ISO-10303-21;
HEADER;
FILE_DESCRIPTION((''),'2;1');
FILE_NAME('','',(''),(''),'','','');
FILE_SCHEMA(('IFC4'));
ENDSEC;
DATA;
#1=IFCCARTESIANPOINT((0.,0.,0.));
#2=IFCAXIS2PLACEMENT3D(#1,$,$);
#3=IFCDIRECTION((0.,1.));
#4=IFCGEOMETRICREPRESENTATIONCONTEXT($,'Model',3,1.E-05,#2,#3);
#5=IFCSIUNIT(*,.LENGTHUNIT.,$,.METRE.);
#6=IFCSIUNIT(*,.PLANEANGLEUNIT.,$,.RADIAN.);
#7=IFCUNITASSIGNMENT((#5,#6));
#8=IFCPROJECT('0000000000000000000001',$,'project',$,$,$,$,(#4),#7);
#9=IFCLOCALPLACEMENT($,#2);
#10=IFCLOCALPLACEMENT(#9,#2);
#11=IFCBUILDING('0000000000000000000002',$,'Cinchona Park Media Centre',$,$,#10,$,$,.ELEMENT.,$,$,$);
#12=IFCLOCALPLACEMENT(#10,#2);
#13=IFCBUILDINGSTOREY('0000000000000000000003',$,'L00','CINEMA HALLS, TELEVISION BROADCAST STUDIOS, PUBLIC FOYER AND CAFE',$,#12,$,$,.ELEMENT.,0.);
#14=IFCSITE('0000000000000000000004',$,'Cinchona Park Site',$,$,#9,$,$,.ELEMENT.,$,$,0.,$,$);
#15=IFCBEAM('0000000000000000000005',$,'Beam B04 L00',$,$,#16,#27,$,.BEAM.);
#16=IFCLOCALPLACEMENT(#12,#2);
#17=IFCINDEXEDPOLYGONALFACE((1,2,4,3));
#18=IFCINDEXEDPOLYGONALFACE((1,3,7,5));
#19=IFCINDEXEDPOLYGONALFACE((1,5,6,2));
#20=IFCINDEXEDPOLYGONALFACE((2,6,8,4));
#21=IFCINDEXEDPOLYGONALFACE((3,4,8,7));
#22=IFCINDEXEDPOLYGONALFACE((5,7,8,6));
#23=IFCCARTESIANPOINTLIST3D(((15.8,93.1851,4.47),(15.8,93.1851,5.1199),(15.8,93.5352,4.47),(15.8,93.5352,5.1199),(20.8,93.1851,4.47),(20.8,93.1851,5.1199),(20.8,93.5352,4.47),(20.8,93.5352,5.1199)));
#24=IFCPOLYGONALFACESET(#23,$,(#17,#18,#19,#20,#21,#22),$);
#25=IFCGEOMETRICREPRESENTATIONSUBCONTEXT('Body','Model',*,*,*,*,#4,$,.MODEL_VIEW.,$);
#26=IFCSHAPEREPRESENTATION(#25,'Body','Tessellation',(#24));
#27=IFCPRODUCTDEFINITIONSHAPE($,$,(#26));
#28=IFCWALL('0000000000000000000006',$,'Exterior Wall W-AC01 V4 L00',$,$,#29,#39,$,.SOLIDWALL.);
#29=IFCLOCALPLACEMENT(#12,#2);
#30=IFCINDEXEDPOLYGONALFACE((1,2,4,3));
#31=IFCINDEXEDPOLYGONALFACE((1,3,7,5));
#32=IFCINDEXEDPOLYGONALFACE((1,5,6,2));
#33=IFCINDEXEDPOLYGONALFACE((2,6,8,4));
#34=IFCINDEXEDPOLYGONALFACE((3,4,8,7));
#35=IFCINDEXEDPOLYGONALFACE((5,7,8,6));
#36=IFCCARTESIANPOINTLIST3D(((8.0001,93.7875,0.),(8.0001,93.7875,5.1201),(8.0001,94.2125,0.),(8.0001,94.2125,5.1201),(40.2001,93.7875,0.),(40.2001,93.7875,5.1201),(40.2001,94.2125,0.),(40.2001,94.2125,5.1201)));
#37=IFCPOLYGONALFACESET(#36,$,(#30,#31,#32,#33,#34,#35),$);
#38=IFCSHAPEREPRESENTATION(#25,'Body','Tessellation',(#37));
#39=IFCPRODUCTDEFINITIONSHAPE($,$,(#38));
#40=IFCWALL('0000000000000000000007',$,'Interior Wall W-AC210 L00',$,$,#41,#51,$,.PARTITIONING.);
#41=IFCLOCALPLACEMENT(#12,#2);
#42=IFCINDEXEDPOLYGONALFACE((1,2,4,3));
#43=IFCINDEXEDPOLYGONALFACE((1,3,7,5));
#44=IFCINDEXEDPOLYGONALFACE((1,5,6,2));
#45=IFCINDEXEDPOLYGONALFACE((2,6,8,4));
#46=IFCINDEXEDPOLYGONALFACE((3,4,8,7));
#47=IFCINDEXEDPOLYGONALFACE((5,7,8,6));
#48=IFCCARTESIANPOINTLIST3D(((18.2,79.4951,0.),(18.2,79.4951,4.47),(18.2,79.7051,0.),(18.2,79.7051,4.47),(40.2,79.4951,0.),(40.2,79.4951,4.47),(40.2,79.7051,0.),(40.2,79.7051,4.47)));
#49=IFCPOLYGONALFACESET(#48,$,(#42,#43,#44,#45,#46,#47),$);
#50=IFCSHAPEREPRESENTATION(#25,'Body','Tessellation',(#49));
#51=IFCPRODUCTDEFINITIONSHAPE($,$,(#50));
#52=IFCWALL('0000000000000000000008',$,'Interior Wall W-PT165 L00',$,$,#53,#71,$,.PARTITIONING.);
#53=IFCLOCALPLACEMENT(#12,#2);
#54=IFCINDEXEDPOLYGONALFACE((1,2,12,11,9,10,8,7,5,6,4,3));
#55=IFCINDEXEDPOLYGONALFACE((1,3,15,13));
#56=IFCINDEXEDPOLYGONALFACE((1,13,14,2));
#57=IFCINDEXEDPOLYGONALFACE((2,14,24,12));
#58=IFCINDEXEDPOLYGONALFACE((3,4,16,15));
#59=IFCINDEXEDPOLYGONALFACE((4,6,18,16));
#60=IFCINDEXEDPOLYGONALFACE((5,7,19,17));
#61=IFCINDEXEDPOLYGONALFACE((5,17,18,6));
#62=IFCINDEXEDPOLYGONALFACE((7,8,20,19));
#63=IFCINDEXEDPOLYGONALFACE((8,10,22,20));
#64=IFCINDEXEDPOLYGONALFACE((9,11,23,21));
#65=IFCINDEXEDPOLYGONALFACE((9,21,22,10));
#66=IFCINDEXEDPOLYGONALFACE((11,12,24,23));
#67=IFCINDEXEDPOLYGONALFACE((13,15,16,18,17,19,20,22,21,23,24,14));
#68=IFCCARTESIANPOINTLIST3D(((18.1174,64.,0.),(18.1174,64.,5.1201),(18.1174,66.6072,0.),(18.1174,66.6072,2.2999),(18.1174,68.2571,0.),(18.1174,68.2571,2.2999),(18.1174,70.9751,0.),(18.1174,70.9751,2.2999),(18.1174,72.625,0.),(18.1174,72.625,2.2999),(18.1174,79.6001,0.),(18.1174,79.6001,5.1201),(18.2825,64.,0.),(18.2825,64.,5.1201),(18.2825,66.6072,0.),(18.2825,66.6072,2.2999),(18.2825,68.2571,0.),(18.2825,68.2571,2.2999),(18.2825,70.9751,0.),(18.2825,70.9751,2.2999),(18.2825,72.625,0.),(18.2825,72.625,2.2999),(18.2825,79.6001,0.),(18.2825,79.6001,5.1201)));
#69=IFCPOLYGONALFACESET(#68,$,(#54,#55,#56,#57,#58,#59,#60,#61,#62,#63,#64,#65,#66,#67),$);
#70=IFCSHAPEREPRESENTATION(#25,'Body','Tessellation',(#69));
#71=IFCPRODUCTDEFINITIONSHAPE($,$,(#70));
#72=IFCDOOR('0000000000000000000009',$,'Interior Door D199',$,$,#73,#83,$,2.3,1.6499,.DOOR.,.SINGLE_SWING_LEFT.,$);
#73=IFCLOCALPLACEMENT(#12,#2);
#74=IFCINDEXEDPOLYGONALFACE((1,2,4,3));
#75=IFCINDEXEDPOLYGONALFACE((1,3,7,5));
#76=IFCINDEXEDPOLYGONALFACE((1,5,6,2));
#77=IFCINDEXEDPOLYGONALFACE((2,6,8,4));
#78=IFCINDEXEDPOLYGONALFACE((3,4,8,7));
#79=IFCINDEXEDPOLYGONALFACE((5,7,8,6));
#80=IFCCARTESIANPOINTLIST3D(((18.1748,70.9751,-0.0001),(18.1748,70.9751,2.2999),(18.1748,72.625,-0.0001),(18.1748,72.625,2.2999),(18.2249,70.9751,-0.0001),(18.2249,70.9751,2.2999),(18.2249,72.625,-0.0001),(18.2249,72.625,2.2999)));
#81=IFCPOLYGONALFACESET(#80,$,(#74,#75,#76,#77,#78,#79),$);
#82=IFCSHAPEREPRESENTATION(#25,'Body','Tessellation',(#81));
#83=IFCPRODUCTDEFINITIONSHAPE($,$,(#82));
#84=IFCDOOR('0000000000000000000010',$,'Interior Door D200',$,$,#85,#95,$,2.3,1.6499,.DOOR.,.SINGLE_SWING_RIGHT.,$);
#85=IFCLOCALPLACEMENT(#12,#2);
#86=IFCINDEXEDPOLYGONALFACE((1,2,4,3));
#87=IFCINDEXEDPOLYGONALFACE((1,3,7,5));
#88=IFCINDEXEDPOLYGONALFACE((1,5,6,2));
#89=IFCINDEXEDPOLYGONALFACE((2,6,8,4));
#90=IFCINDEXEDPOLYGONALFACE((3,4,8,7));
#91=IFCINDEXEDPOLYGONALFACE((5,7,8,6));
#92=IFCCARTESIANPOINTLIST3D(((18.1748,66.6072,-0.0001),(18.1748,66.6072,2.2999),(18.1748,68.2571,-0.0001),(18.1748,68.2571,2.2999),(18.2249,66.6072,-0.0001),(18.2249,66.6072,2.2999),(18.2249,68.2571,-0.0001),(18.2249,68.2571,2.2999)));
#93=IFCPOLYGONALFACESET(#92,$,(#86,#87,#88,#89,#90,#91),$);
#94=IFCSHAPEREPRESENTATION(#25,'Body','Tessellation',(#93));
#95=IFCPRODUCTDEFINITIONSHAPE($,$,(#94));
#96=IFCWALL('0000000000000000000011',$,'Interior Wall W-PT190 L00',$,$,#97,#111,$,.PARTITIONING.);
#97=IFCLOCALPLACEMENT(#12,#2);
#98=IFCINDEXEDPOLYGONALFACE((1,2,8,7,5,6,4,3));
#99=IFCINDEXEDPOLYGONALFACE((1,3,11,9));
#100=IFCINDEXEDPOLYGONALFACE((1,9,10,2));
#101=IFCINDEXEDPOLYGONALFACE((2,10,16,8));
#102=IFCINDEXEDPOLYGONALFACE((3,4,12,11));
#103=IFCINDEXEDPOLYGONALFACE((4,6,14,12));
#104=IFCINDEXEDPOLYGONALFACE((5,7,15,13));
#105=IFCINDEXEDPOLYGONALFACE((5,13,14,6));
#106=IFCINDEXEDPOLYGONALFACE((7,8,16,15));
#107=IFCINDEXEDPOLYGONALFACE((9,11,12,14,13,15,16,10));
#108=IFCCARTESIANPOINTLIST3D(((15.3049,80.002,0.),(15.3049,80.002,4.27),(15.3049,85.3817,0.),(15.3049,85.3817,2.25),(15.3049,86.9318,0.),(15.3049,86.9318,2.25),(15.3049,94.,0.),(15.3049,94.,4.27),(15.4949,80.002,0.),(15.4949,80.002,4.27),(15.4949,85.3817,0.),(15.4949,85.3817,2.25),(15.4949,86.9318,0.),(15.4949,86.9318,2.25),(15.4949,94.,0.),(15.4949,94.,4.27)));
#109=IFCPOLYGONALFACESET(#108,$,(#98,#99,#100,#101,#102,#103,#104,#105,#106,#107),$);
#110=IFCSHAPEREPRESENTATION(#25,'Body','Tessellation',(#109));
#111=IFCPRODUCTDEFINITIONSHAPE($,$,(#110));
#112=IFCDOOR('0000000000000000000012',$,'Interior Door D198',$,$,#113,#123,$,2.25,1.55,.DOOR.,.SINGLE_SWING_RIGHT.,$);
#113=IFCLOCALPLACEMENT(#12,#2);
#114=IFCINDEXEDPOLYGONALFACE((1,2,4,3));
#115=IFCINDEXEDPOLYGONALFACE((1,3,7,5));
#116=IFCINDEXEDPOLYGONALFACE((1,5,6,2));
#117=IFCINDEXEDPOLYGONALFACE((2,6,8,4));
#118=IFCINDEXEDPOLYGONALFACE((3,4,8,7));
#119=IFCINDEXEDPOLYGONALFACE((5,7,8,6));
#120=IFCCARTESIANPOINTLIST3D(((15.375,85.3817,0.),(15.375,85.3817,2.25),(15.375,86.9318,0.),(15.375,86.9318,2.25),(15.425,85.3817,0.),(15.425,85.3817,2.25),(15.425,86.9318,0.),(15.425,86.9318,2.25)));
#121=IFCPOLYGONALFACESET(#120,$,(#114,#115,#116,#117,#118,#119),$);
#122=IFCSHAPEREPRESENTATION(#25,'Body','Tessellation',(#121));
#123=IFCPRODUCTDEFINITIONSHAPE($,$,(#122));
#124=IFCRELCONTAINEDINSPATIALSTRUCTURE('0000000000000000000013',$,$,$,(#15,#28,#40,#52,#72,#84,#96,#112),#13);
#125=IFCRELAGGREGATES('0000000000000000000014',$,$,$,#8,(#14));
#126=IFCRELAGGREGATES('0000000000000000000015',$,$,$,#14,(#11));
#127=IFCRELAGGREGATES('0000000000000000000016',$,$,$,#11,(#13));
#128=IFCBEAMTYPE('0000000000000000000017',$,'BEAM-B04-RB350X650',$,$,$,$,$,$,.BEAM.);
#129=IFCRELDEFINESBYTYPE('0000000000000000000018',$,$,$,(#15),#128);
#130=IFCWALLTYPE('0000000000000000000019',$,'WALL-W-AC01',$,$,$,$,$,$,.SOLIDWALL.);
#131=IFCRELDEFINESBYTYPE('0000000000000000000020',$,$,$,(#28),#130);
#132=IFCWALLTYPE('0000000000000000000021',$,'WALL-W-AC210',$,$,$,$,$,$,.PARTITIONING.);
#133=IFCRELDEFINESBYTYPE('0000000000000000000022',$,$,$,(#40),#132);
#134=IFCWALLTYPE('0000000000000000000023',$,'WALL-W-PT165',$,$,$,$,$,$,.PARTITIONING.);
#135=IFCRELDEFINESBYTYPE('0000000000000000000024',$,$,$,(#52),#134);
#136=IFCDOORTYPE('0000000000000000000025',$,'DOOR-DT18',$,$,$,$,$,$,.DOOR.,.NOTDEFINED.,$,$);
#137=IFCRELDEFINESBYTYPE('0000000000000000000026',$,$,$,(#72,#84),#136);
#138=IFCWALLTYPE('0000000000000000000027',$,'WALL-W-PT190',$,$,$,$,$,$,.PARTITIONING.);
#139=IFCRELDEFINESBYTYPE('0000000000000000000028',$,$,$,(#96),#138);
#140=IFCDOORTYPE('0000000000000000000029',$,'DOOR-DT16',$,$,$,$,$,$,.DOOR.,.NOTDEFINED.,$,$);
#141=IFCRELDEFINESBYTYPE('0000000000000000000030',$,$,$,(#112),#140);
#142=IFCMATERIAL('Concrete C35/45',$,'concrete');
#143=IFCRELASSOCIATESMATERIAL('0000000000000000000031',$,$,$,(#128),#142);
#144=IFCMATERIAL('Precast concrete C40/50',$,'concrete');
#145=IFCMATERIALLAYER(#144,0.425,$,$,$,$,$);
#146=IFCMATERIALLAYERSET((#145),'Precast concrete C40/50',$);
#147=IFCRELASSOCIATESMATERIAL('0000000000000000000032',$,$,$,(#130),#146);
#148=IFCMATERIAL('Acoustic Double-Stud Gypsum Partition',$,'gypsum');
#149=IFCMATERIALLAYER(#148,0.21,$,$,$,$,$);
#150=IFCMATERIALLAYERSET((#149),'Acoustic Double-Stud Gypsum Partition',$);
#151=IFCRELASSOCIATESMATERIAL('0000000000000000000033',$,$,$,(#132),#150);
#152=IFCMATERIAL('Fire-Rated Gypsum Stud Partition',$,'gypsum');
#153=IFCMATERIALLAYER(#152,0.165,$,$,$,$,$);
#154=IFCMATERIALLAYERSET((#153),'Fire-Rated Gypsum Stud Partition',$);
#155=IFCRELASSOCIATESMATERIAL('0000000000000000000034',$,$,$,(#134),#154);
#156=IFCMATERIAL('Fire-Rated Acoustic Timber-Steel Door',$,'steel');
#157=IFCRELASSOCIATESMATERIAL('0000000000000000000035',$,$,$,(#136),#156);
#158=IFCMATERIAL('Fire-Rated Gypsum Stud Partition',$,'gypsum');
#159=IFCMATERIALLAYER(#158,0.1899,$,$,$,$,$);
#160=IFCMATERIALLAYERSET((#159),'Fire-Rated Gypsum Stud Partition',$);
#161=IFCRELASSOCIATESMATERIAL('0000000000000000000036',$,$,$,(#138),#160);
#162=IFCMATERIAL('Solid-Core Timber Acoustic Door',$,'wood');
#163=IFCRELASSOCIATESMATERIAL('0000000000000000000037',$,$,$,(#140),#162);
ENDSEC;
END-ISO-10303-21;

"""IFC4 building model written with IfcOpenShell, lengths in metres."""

from ifc_helpers import new_model, si_unit, direction, frame, frame_2d, origin, origin_2d, place, context, subcontext, project, spatial, rectangle, extrude, material, layer, layer_set, material_profile, profile_set, type_object, element, fill, save


model = new_model("IFC4")

# Units and contexts
model_context = context("Model", 3, precision=1e-05, world=origin(), true_north=direction((0.0, 1.0)))
body_context = subcontext(model_context, "Body", "Model", "MODEL_VIEW")
ifc_project = project(units=[si_unit("LENGTHUNIT", "METRE"), si_unit("PLANEANGLEUNIT", "RADIAN")], contexts=[model_context])

# Site, building, storey
site_placement = place(None, origin())
site = spatial("IfcSite", under=ifc_project, at=site_placement, Name="Cinchona Park Site", CompositionType="ELEMENT", RefElevation=0.0)
building_placement = place(site_placement, origin())
building = spatial("IfcBuilding", under=site, at=building_placement, Name="Cinchona Park Media Centre", CompositionType="ELEMENT")
storey_placement = place(building_placement, origin())
storey = spatial("IfcBuildingStorey", under=building, at=storey_placement, Name="L00", Description="CINEMA HALLS, TELEVISION BROADCAST STUDIOS, PUBLIC FOYER AND CAFE", CompositionType="ELEMENT", Elevation=0.0)

# Beam
ifc_material_1 = material(Name="Concrete C35/45", Category="concrete")
ifc_material_profile_1 = material_profile(ifc_material_1, rectangle(XDim=0.3501, YDim=0.6499, at=origin_2d()), Name="RB 350X650")
ifc_profile_set_1 = profile_set([ifc_material_profile_1], Name="Concrete C35/45")
beam_type_1 = type_object("IfcBeamType", Name="BEAM-B04-RB350X650", PredefinedType="BEAM", material=ifc_profile_set_1)
beam_1_placement = place(storey_placement, frame((15.8, 93.3601, 4.7949), z_axis=(1.0, 0.0, 0.0), x_axis=(0.0, 1.0, 0.0)))
element("IfcBeam", 1, at=beam_1_placement, inside=storey, type_object=beam_type_1, Name="Beam B04 L00", PredefinedType="BEAM", context=body_context, shape_type="SweptSolid", body=[
    extrude(rectangle(XDim=0.3501, YDim=0.6499, at=origin_2d()), origin(), (0.0, 0.0, 1.0), 5.0),
])

# Walls
ifc_material_2 = material(Name="Precast concrete C40/50", Category="concrete")
ifc_layer_1 = layer(ifc_material_2, 0.425)
ifc_layer_set_1 = layer_set([ifc_layer_1], Name="Precast concrete C40/50")
wall_type_1 = type_object("IfcWallType", Name="WALL-W-AC01", PredefinedType="SOLIDWALL", material=ifc_layer_set_1)
wall_1_placement = place(storey_placement, frame((8.0, 94.0, 0.0), z_axis=(0.0, 0.0, 1.0), x_axis=(1.0, 0.0, 0.0)))
element("IfcWall", 2, at=wall_1_placement, inside=storey, type_object=wall_type_1, Name="Exterior Wall W-AC01 V4 L00", PredefinedType="SOLIDWALL", context=body_context, shape_type="SweptSolid", body=[
    extrude(rectangle(XDim=32.2, YDim=0.425, at=frame_2d((16.1001, 0.0))), origin(), (0.0, 0.0, 1.0), 5.1201),
])
ifc_material_3 = material(Name="Acoustic Double-Stud Gypsum Partition", Category="gypsum")
ifc_layer_2 = layer(ifc_material_3, 0.21)
ifc_layer_set_2 = layer_set([ifc_layer_2], Name="Acoustic Double-Stud Gypsum Partition")
wall_type_2 = type_object("IfcWallType", Name="WALL-W-AC210", PredefinedType="PARTITIONING", material=ifc_layer_set_2)
wall_2_placement = place(storey_placement, frame((18.2, 79.6001, 0.0), z_axis=(0.0, 0.0, 1.0), x_axis=(1.0, 0.0, 0.0)))
element("IfcWall", 3, at=wall_2_placement, inside=storey, type_object=wall_type_2, Name="Interior Wall W-AC210 L00", PredefinedType="PARTITIONING", context=body_context, shape_type="SweptSolid", body=[
    extrude(rectangle(XDim=22.0, YDim=0.21, at=frame_2d((11.0, 0.0))), origin(), (0.0, 0.0, 1.0), 4.47),
])

# Wall, openings, doors
ifc_material_4 = material(Name="Fire-Rated Gypsum Stud Partition", Category="gypsum")
ifc_layer_3 = layer(ifc_material_4, 0.165)
ifc_layer_set_3 = layer_set([ifc_layer_3], Name="Fire-Rated Gypsum Stud Partition")
wall_type_3 = type_object("IfcWallType", Name="WALL-W-PT165", PredefinedType="PARTITIONING", material=ifc_layer_set_3)
wall_3_placement = place(storey_placement, frame((18.2, 79.6001, 0.0), z_axis=(0.0, 0.0, 1.0), x_axis=(0.0, -1.0, 0.0)))
wall_3 = element("IfcWall", 4, at=wall_3_placement, inside=storey, type_object=wall_type_3, Name="Interior Wall W-PT165 L00", PredefinedType="PARTITIONING", context=body_context, shape_type="SweptSolid", body=[
    extrude(rectangle(XDim=15.6001, YDim=0.165, at=frame_2d((7.8, 0.0))), origin(), (0.0, 0.0, 1.0), 5.1201),
])
opening_1_placement = place(wall_3_placement, frame((6.9751, 0.0, 0.0)))
opening_1 = element("IfcOpeningElement", 5, at=opening_1_placement, cuts=wall_3, PredefinedType="OPENING", context=body_context, shape_type="SweptSolid", body=[
    extrude(rectangle(XDim=1.6499, YDim=2.3, at=frame_2d((0.825, 1.1499))), frame((0.0, 0.0925, 0.0), z_axis=(0.0, -1.0, 0.0), x_axis=(1.0, 0.0, 0.0)), (0.0, 0.0, 1.0), 0.1851),
])
opening_2_placement = place(wall_3_placement, frame((11.343, 0.0, 0.0)))
opening_2 = element("IfcOpeningElement", 6, at=opening_2_placement, cuts=wall_3, PredefinedType="OPENING", context=body_context, shape_type="SweptSolid", body=[
    extrude(rectangle(XDim=1.6499, YDim=2.3, at=frame_2d((0.825, 1.1499))), frame((0.0, 0.0925, 0.0), z_axis=(0.0, -1.0, 0.0), x_axis=(1.0, 0.0, 0.0)), (0.0, 0.0, 1.0), 0.1851),
])
ifc_material_5 = material(Name="Fire-Rated Acoustic Timber-Steel Door", Category="steel")
door_type_1 = type_object("IfcDoorType", Name="DOOR-DT18", OperationType="NOTDEFINED", PredefinedType="DOOR", material=ifc_material_5)
door_1_placement = place(opening_1_placement, origin())
door_1 = element("IfcDoor", 7, at=door_1_placement, inside=storey, type_object=door_type_1, Name="Interior Door D199", OperationType="SINGLE_SWING_LEFT", OverallHeight=2.3, OverallWidth=1.6499, PredefinedType="DOOR", context=body_context, shape_type="SweptSolid", body=[
    extrude(rectangle(XDim=1.6499, YDim=2.3, at=frame_2d((0.825, 1.1499))), frame((0.0, 0.0249, 0.0), z_axis=(0.0, -1.0, 0.0), x_axis=(1.0, 0.0, 0.0)), (0.0, 0.0, 1.0), 0.05),
])
fill(opening_1, door_1)
door_2_placement = place(opening_2_placement, origin())
door_2 = element("IfcDoor", 8, at=door_2_placement, inside=storey, type_object=door_type_1, Name="Interior Door D200", OperationType="SINGLE_SWING_RIGHT", OverallHeight=2.3, OverallWidth=1.6499, PredefinedType="DOOR", context=body_context, shape_type="SweptSolid", body=[
    extrude(rectangle(XDim=1.6499, YDim=2.3, at=frame_2d((0.825, 1.1499))), frame((0.0, 0.0249, 0.0), z_axis=(0.0, -1.0, 0.0), x_axis=(1.0, 0.0, 0.0)), (0.0, 0.0, 1.0), 0.05),
])
fill(opening_2, door_2)

# Wall, opening, door
ifc_material_6 = material(Name="Fire-Rated Gypsum Stud Partition", Category="gypsum")
ifc_layer_4 = layer(ifc_material_6, 0.1899)
ifc_layer_set_4 = layer_set([ifc_layer_4], Name="Fire-Rated Gypsum Stud Partition")
wall_type_4 = type_object("IfcWallType", Name="WALL-W-PT190", PredefinedType="PARTITIONING", material=ifc_layer_set_4)
wall_4_placement = place(storey_placement, frame((15.3999, 80.002, 0.0), z_axis=(0.0, 0.0, 1.0), x_axis=(0.0, 1.0, 0.0)))
wall_4 = element("IfcWall", 9, at=wall_4_placement, inside=storey, type_object=wall_type_4, Name="Interior Wall W-PT190 L00", PredefinedType="PARTITIONING", context=body_context, shape_type="SweptSolid", body=[
    extrude(rectangle(XDim=13.998, YDim=0.1899, at=frame_2d((6.999, 0.0))), origin(), (0.0, 0.0, 1.0), 4.27),
])
opening_3_placement = place(wall_4_placement, frame((5.3799, 0.0, 0.0)))
opening_3 = element("IfcOpeningElement", 10, at=opening_3_placement, cuts=wall_4, PredefinedType="OPENING", context=body_context, shape_type="SweptSolid", body=[
    extrude(rectangle(XDim=1.55, YDim=2.25, at=frame_2d((0.7749, 1.125))), frame((0.0, 0.105, 0.0), z_axis=(0.0, -1.0, 0.0), x_axis=(1.0, 0.0, 0.0)), (0.0, 0.0, 1.0), 0.21),
])
ifc_material_7 = material(Name="Solid-Core Timber Acoustic Door", Category="wood")
door_type_2 = type_object("IfcDoorType", Name="DOOR-DT16", OperationType="NOTDEFINED", PredefinedType="DOOR", material=ifc_material_7)
door_3_placement = place(opening_3_placement, origin())
door_3 = element("IfcDoor", 11, at=door_3_placement, inside=storey, type_object=door_type_2, Name="Interior Door D198", OperationType="SINGLE_SWING_RIGHT", OverallHeight=2.25, OverallWidth=1.55, PredefinedType="DOOR", context=body_context, shape_type="SweptSolid", body=[
    extrude(rectangle(XDim=1.55, YDim=2.25, at=frame_2d((0.7749, 1.125))), frame((0.0, 0.0249, 0.0), z_axis=(0.0, -1.0, 0.0), x_axis=(1.0, 0.0, 0.0)), (0.0, 0.0, 1.0), 0.05),
])
fill(opening_3, door_3)

save(model, "model.ifc")
